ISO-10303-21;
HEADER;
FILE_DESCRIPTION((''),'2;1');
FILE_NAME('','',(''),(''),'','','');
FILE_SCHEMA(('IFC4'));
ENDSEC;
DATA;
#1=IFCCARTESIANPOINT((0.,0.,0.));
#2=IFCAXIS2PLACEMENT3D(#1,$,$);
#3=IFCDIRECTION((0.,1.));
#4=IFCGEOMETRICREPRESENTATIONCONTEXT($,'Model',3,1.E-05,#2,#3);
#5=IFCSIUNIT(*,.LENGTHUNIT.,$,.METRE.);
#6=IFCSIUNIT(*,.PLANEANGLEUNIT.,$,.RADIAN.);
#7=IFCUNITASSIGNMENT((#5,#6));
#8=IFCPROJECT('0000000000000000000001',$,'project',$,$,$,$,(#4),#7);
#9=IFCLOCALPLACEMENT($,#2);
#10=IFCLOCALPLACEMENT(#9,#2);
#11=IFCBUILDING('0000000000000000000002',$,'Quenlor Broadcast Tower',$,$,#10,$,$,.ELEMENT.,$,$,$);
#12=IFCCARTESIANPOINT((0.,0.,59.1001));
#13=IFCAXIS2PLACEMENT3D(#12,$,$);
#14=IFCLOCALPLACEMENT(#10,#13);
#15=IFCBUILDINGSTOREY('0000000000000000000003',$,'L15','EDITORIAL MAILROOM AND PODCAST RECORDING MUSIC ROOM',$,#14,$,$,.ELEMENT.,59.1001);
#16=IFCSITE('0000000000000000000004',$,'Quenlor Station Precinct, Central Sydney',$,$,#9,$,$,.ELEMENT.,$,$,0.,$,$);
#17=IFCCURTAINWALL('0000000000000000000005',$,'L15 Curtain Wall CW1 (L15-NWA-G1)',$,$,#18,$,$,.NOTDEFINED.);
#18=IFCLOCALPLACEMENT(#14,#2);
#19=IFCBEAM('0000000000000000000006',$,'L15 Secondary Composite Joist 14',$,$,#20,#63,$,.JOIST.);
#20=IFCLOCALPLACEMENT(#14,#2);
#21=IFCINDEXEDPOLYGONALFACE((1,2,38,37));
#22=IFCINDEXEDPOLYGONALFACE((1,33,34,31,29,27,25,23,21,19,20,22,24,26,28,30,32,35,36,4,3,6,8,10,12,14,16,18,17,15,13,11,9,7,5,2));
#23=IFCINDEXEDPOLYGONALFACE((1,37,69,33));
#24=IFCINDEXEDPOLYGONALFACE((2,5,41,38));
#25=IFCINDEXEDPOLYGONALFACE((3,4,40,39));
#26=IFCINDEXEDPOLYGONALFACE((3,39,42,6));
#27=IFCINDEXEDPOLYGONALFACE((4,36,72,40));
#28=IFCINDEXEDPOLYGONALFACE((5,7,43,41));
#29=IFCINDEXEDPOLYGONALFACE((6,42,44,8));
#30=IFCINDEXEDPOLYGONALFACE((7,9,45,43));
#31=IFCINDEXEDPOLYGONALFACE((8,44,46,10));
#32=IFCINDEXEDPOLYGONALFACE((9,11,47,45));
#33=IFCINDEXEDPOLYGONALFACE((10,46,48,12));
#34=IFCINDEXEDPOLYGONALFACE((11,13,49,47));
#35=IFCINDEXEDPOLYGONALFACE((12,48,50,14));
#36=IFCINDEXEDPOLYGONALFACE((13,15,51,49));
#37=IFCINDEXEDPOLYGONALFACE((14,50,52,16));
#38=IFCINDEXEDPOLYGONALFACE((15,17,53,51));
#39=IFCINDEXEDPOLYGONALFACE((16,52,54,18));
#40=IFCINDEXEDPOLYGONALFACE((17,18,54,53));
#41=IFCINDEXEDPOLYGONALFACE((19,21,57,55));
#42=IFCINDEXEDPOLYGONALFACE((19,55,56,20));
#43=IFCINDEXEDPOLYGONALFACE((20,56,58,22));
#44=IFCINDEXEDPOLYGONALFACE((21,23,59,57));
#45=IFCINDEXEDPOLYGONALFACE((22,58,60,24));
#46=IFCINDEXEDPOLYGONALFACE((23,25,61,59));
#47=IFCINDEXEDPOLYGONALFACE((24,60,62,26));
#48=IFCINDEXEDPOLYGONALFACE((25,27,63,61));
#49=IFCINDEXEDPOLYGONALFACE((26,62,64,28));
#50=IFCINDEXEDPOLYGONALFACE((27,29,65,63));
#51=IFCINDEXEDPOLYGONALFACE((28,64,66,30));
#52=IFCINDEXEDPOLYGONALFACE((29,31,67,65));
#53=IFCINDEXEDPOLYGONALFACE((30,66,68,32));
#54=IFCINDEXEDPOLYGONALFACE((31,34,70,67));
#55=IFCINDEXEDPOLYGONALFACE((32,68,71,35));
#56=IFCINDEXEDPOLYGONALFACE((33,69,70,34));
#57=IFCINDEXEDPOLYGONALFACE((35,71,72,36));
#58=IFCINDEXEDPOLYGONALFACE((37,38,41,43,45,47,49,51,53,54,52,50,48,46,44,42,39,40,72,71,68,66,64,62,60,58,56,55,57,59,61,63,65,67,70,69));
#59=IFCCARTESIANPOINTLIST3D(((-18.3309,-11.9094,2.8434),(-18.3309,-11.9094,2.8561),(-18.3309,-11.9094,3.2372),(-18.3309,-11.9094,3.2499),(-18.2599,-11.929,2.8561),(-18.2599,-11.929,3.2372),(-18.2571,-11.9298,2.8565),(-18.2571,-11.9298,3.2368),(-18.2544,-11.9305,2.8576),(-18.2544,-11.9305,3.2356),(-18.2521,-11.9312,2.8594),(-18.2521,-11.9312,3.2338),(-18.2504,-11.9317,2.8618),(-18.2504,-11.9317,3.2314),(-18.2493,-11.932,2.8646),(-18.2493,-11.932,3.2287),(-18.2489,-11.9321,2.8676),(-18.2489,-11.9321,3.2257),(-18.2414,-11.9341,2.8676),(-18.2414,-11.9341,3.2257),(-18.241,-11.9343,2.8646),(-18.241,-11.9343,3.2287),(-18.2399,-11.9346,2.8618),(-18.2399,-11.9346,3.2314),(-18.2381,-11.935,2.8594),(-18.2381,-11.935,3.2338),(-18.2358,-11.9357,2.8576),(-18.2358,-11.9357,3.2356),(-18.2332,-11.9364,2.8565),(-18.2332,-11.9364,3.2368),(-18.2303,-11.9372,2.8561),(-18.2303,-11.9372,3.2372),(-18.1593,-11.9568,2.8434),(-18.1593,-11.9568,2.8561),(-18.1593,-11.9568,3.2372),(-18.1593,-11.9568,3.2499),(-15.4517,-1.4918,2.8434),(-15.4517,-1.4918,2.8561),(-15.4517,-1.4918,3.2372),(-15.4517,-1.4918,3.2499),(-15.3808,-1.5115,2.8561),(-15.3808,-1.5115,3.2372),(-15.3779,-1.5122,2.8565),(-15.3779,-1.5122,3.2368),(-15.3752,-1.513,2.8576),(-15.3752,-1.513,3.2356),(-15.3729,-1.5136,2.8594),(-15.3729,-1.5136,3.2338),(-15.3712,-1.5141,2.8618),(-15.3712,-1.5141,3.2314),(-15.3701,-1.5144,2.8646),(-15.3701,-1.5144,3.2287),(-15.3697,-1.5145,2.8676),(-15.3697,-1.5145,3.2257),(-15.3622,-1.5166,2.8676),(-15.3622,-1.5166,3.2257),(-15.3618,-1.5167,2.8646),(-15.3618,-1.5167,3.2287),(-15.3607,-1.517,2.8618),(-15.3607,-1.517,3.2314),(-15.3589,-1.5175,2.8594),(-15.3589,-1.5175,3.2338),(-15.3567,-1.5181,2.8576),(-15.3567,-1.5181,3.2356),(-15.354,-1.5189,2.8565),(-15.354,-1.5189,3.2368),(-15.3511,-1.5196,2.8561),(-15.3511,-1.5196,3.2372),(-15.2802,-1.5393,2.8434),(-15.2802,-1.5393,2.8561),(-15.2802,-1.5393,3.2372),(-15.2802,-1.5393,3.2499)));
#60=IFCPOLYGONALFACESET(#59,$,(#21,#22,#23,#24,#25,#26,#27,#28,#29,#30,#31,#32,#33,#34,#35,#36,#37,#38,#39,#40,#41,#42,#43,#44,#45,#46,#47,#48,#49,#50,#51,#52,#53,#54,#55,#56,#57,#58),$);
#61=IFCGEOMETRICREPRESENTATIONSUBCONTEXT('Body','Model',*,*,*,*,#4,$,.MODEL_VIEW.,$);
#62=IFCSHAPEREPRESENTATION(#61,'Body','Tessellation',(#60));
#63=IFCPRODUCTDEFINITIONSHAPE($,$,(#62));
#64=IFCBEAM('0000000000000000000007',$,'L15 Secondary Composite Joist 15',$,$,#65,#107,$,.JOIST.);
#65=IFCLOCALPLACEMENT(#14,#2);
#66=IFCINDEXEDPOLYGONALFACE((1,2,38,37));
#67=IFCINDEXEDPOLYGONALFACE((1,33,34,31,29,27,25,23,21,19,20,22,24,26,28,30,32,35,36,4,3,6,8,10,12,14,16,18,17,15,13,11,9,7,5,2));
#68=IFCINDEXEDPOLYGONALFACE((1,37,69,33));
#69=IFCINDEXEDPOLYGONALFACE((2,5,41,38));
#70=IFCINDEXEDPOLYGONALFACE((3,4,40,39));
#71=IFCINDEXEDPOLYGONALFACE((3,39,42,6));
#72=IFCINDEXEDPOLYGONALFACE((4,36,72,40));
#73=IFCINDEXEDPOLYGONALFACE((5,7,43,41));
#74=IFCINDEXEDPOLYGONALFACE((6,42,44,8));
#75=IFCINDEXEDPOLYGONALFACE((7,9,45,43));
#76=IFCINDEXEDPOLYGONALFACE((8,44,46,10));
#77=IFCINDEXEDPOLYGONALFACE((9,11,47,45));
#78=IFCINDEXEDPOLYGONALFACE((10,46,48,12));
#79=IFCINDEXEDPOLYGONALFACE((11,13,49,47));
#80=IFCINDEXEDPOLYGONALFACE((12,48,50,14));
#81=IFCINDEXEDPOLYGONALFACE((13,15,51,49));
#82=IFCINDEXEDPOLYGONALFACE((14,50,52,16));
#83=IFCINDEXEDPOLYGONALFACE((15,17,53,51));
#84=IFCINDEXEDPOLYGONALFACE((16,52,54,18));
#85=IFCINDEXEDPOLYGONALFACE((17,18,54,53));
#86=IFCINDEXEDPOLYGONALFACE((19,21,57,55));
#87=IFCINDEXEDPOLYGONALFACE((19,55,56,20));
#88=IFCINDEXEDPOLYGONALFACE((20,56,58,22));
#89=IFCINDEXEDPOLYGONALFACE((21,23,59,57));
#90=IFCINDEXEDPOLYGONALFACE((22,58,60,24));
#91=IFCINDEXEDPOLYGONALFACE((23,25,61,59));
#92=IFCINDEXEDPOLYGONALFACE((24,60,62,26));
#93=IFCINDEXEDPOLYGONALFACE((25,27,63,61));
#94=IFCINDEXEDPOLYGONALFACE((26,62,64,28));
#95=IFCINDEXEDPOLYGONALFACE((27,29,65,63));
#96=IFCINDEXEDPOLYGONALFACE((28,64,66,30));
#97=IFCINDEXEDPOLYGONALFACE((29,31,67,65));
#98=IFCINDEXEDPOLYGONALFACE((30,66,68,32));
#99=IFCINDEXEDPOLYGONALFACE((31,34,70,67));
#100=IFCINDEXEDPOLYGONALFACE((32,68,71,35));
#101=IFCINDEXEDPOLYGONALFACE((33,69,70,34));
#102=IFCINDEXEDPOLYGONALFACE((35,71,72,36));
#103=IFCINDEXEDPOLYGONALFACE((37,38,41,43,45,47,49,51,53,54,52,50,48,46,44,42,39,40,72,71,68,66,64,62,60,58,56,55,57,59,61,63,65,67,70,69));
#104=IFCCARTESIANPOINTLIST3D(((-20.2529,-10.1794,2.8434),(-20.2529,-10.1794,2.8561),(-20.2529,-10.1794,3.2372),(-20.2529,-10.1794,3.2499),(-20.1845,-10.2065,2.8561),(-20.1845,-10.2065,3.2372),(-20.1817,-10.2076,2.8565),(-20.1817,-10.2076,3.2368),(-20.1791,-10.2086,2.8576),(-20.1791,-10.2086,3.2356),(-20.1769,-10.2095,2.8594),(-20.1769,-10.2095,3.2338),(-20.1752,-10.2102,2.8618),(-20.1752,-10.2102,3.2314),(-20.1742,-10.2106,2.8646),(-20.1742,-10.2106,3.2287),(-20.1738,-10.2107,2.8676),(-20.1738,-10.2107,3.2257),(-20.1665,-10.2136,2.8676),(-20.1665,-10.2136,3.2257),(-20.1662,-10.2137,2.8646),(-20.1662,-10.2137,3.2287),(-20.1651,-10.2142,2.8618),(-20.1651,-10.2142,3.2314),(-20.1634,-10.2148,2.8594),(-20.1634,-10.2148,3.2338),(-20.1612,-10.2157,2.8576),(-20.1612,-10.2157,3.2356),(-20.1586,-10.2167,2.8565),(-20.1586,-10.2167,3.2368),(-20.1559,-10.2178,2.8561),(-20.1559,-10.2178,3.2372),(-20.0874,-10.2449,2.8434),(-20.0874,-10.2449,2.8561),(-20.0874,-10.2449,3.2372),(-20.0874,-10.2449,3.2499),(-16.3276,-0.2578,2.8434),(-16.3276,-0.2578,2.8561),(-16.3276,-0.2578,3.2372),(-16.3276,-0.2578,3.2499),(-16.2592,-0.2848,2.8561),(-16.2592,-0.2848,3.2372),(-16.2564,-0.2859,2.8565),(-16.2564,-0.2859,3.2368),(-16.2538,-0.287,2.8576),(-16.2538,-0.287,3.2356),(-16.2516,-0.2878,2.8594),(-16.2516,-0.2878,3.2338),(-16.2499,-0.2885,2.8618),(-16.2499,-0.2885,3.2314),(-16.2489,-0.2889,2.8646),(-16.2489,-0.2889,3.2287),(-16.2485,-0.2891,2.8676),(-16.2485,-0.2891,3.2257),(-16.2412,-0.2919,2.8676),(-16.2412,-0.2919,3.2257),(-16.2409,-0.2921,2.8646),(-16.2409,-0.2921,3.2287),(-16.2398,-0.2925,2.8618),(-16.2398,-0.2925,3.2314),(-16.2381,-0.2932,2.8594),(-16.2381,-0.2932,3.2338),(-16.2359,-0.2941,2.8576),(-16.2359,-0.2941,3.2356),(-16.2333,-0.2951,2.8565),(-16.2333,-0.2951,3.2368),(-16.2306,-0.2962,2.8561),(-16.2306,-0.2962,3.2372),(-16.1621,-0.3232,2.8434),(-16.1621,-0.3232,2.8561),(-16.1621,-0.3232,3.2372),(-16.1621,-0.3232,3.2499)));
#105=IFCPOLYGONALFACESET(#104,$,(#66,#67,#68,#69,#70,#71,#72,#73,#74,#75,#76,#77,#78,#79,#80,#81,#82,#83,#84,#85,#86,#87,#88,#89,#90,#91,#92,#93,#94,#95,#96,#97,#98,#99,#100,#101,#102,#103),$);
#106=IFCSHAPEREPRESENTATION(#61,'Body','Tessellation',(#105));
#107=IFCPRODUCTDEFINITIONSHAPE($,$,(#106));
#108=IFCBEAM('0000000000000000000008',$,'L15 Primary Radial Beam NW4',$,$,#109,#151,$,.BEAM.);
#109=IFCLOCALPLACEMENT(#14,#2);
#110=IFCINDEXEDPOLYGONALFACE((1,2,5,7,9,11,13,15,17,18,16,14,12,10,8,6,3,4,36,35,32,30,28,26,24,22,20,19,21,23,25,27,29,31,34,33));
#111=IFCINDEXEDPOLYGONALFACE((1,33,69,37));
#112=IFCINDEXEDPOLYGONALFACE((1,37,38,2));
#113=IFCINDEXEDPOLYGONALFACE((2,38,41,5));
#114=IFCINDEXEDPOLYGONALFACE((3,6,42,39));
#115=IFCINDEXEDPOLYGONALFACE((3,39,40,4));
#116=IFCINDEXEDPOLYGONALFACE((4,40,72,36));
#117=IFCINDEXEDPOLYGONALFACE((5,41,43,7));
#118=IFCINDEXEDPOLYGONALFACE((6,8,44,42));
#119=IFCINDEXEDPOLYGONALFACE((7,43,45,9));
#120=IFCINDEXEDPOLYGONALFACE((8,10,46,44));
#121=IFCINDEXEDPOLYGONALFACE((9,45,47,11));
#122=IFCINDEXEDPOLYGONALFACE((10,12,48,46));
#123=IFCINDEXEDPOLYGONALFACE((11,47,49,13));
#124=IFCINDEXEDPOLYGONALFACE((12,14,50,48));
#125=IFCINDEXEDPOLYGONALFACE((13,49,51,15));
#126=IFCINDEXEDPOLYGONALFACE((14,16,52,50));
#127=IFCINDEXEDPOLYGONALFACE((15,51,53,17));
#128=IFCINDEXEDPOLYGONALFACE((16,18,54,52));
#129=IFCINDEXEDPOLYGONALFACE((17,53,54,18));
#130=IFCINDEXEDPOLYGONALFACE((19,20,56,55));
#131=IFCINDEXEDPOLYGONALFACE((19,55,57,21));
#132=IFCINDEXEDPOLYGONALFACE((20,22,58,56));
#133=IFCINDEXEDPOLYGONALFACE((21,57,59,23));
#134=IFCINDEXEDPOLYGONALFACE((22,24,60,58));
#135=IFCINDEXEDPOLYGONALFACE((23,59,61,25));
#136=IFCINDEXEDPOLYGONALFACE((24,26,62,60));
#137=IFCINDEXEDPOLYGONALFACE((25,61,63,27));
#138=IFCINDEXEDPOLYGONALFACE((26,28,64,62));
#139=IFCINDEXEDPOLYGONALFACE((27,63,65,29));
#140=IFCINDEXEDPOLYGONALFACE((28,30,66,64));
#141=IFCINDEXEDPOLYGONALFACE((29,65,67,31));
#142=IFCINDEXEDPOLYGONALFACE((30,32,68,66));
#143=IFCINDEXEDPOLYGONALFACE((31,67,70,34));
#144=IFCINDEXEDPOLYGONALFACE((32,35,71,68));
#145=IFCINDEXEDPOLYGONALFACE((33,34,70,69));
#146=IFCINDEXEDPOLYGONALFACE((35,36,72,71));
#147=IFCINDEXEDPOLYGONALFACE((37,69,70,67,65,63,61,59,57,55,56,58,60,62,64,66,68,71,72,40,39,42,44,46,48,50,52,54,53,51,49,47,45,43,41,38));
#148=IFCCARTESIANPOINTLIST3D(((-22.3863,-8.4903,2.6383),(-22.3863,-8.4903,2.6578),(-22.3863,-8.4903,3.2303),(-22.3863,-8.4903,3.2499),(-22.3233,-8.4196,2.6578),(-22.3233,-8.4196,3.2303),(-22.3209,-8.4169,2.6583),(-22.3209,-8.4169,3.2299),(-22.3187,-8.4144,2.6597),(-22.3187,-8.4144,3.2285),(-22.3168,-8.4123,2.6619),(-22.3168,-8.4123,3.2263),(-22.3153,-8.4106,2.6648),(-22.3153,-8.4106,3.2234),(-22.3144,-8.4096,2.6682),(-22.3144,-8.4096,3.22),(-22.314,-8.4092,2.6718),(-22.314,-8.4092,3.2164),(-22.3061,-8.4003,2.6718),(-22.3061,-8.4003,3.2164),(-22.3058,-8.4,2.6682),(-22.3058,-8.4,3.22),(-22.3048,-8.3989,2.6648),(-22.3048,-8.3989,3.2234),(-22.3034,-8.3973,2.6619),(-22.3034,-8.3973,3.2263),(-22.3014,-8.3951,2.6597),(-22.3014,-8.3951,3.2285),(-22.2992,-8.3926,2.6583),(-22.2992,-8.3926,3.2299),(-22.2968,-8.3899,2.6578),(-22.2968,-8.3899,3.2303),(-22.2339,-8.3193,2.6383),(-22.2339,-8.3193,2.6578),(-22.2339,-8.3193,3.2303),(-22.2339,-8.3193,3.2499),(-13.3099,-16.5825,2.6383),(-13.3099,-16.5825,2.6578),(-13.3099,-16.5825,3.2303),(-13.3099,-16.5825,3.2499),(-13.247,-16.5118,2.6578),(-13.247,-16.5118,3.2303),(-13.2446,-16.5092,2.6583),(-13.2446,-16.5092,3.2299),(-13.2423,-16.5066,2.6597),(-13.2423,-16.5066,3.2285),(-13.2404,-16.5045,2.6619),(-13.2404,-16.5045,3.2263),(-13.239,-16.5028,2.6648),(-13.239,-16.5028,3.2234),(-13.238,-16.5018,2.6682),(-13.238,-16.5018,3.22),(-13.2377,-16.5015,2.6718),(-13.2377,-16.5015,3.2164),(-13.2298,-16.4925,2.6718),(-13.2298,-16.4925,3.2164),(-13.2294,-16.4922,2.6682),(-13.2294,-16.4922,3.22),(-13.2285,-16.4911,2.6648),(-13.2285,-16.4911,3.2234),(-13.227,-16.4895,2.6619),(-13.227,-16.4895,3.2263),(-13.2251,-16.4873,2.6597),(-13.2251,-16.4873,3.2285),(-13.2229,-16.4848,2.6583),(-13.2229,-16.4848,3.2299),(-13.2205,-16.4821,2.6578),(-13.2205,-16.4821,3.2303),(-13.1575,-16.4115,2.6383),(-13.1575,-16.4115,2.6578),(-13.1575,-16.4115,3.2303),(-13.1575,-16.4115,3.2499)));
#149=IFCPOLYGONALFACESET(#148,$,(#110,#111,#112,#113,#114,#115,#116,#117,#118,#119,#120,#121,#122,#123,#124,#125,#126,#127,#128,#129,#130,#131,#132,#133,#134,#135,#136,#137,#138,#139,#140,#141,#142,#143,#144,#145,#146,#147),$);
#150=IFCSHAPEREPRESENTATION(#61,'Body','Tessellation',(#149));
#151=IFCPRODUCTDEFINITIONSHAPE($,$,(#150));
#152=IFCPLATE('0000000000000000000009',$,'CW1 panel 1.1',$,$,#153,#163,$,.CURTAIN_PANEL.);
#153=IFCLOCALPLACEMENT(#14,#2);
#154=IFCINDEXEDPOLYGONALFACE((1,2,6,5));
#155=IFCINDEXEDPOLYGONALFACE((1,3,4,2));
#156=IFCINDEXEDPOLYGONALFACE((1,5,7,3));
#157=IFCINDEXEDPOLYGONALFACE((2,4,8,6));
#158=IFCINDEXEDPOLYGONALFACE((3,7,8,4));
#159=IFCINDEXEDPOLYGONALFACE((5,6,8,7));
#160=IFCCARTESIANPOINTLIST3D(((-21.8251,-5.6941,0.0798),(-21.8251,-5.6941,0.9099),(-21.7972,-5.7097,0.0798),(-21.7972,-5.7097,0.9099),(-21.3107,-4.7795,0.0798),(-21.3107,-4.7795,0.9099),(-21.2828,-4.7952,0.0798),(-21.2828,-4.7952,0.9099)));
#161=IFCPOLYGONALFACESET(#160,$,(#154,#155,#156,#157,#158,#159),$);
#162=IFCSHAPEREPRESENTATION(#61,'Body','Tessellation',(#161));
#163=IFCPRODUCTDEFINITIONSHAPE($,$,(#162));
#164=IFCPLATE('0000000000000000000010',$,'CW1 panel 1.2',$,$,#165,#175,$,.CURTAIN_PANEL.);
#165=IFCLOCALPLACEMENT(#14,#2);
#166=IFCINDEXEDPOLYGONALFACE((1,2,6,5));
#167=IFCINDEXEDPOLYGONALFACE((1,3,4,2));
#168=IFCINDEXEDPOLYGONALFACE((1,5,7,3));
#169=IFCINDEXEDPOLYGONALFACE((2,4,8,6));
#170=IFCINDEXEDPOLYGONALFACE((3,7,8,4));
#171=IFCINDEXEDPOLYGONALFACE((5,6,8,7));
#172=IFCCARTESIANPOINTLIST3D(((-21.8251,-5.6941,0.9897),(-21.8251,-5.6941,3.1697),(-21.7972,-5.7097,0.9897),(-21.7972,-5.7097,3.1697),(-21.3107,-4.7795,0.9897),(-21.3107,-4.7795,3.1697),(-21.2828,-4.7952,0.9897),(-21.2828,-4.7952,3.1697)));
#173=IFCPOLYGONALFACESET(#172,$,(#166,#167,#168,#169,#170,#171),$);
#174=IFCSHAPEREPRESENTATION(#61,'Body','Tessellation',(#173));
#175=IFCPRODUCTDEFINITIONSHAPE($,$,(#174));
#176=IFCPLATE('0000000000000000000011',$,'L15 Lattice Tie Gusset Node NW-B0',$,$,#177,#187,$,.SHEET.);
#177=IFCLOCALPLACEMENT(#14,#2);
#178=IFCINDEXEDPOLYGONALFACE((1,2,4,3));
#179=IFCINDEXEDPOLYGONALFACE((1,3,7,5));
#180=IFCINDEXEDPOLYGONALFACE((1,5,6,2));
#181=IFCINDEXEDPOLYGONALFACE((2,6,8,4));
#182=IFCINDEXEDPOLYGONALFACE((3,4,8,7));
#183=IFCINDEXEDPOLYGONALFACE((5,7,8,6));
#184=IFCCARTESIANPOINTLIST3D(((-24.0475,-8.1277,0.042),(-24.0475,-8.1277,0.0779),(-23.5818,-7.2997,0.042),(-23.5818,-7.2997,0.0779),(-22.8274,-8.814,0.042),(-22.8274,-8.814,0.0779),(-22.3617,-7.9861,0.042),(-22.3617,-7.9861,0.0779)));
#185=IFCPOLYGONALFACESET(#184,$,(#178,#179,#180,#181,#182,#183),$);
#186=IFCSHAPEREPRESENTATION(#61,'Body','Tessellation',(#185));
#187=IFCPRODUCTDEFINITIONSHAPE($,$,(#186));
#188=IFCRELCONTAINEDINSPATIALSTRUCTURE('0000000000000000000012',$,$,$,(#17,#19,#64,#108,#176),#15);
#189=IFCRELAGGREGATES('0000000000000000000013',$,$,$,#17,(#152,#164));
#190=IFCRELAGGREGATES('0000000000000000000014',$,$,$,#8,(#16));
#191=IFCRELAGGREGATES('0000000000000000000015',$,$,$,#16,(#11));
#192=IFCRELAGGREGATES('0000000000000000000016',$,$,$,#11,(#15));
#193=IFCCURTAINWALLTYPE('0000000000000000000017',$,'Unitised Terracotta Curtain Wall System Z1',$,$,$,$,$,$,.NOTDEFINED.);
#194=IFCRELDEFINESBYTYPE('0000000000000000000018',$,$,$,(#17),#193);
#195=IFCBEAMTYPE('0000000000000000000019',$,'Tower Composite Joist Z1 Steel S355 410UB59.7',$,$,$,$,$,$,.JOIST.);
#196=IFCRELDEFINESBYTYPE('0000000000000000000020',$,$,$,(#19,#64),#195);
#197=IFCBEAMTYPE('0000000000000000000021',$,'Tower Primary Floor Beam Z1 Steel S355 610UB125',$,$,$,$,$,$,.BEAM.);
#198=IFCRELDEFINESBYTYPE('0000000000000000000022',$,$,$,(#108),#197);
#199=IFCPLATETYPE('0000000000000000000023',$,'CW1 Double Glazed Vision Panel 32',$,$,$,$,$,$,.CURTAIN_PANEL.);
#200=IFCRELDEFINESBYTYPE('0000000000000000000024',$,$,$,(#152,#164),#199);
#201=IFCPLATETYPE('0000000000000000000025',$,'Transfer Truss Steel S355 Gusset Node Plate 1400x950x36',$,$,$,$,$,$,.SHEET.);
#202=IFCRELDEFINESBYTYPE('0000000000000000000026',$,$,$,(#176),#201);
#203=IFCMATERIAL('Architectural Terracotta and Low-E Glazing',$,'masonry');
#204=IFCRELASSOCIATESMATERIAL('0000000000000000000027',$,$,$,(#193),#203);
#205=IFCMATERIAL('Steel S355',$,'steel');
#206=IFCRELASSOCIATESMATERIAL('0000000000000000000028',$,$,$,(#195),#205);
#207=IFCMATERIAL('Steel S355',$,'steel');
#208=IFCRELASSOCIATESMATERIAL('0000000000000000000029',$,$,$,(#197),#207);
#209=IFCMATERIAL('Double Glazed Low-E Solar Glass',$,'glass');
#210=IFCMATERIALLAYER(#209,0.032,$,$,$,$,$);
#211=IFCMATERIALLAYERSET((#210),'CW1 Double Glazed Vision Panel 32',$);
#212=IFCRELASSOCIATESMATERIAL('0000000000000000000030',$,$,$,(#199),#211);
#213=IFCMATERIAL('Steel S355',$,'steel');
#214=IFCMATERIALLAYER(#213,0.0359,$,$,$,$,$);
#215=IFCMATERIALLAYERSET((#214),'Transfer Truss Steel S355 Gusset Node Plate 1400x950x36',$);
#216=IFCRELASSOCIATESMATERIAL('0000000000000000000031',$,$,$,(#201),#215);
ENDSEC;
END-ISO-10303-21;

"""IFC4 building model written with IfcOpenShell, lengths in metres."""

from ifc_helpers import new_model, si_unit, direction, frame, origin, origin_2d, place, context, subcontext, project, spatial, rectangle, i_section, extrude, material, layer, layer_set, material_profile, profile_set, type_object, element, aggregate, save


model = new_model("IFC4")

# Units and contexts
model_context = context("Model", 3, precision=1e-05, world=origin(), true_north=direction((0.0, 1.0)))
body_context = subcontext(model_context, "Body", "Model", "MODEL_VIEW")
ifc_project = project(units=[si_unit("LENGTHUNIT", "METRE"), si_unit("PLANEANGLEUNIT", "RADIAN")], contexts=[model_context])

# Site, building, storey
site_placement = place(None, origin())
site = spatial("IfcSite", under=ifc_project, at=site_placement, Name="Quenlor Station Precinct, Central Sydney", CompositionType="ELEMENT", RefElevation=0.0)
building_placement = place(site_placement, origin())
building = spatial("IfcBuilding", under=site, at=building_placement, Name="Quenlor Broadcast Tower", CompositionType="ELEMENT")
storey_placement = place(building_placement, frame((0.0, 0.0, 59.1001)))
storey = spatial("IfcBuildingStorey", under=building, at=storey_placement, Name="L15", Description="EDITORIAL MAILROOM AND PODCAST RECORDING MUSIC ROOM", CompositionType="ELEMENT", Elevation=59.1001)

# Curtain wall
ifc_material_1 = material(Name="Architectural Terracotta and Low-E Glazing", Category="masonry")
curtain_wall_type = type_object("IfcCurtainWallType", Name="Unitised Terracotta Curtain Wall System Z1", PredefinedType="NOTDEFINED", material=ifc_material_1)
curtain_wall_placement = place(storey_placement, origin())
curtain_wall = element("IfcCurtainWall", 1, at=curtain_wall_placement, inside=storey, type_object=curtain_wall_type, Name="L15 Curtain Wall CW1 (L15-NWA-G1)", PredefinedType="NOTDEFINED")

# Beams
ifc_material_2 = material(Name="Steel S355", Category="steel")
ifc_material_profile_1 = material_profile(ifc_material_2, i_section(OverallWidth=0.178, OverallDepth=0.4065, WebThickness=0.0078, FlangeThickness=0.0127, FilletRadius=0.0115, at=origin_2d()))
ifc_profile_set_1 = profile_set([ifc_material_profile_1], Name="Steel S355 410UB59.7")
beam_type_1 = type_object("IfcBeamType", Name="Tower Composite Joist Z1 Steel S355 410UB59.7", PredefinedType="JOIST", material=ifc_profile_set_1)
beam_1_placement = place(storey_placement, frame((-18.2451, -11.9331, 3.0466), z_axis=(0.26639, 0.963865, 0.0), x_axis=(-0.963865, 0.26639, 0.0)))
element("IfcBeam", 2, at=beam_1_placement, inside=storey, type_object=beam_type_1, Name="L15 Secondary Composite Joist 14", PredefinedType="JOIST", context=body_context, shape_type="SweptSolid", body=[
    extrude(i_section(OverallWidth=0.178, OverallDepth=0.4065, WebThickness=0.0078, FlangeThickness=0.0127, FilletRadius=0.0115, at=origin_2d()), origin(), (0.0, 0.0, 1.0), 10.8081),
])
beam_2_placement = place(storey_placement, frame((-20.1702, -10.2122, 3.0466), z_axis=(0.367885, 0.929871, 0.0), x_axis=(-0.929871, 0.367885, 0.0)))
element("IfcBeam", 3, at=beam_2_placement, inside=storey, type_object=beam_type_1, Name="L15 Secondary Composite Joist 15", PredefinedType="JOIST", context=body_context, shape_type="SweptSolid", body=[
    extrude(i_section(OverallWidth=0.178, OverallDepth=0.4065, WebThickness=0.0078, FlangeThickness=0.0127, FilletRadius=0.0115, at=origin_2d()), origin(), (0.0, 0.0, 1.0), 10.6699),
])
ifc_material_3 = material(Name="Steel S355", Category="steel")
ifc_material_profile_2 = material_profile(ifc_material_3, i_section(OverallWidth=0.229, OverallDepth=0.6116, WebThickness=0.012, FlangeThickness=0.0195, FilletRadius=0.0139, at=origin_2d()))
ifc_profile_set_2 = profile_set([ifc_material_profile_2], Name="Steel S355 610UB125")
beam_type_2 = type_object("IfcBeamType", Name="Tower Primary Floor Beam Z1 Steel S355 610UB125", PredefinedType="BEAM", material=ifc_profile_set_2)
beam_3_placement = place(storey_placement, frame((-22.3101, -8.4048, 2.9441), z_axis=(0.746414, -0.665482, 0.0), x_axis=(0.665482, 0.746414, 0.0)))
element("IfcBeam", 4, at=beam_3_placement, inside=storey, type_object=beam_type_2, Name="L15 Primary Radial Beam NW4", PredefinedType="BEAM", context=body_context, shape_type="SweptSolid", body=[
    extrude(i_section(OverallWidth=0.229, OverallDepth=0.6116, WebThickness=0.012, FlangeThickness=0.0195, FilletRadius=0.0139, at=origin_2d()), origin(), (0.0, 0.0, 1.0), 12.1599),
])

# Plates
ifc_material_4 = material(Name="Double Glazed Low-E Solar Glass", Category="glass")
ifc_layer_1 = layer(ifc_material_4, 0.032)
ifc_layer_set_1 = layer_set([ifc_layer_1], Name="CW1 Double Glazed Vision Panel 32")
plate_type_1 = type_object("IfcPlateType", Name="CW1 Double Glazed Vision Panel 32", PredefinedType="CURTAIN_PANEL", material=ifc_layer_set_1)
plate_1_placement = place(storey_placement, frame((-21.554, -5.2446, 0.0798), z_axis=(0.0, 0.0, 1.0), x_axis=(0.490277, 0.871567, 0.0)))
plate_1 = element("IfcPlate", 5, at=plate_1_placement, type_object=plate_type_1, Name="CW1 panel 1.1", PredefinedType="CURTAIN_PANEL", context=body_context, shape_type="SweptSolid", body=[
    extrude(rectangle(XDim=1.0493, YDim=0.032, at=origin_2d()), origin(), (0.0, 0.0, 1.0), 0.8301),
])
plate_2_placement = place(storey_placement, frame((-21.554, -5.2446, 0.9897), z_axis=(0.0, 0.0, 1.0), x_axis=(0.490277, 0.871567, 0.0)))
plate_2 = element("IfcPlate", 6, at=plate_2_placement, type_object=plate_type_1, Name="CW1 panel 1.2", PredefinedType="CURTAIN_PANEL", context=body_context, shape_type="SweptSolid", body=[
    extrude(rectangle(XDim=1.0493, YDim=0.032, at=origin_2d()), origin(), (0.0, 0.0, 1.0), 2.1799),
])
aggregate(curtain_wall, [plate_1, plate_2])

# Plate
ifc_material_5 = material(Name="Steel S355", Category="steel")
ifc_layer_2 = layer(ifc_material_5, 0.0359)
ifc_layer_set_2 = layer_set([ifc_layer_2], Name="Transfer Truss Steel S355 Gusset Node Plate 1400x950x36")
plate_type_2 = type_object("IfcPlateType", Name="Transfer Truss Steel S355 Gusset Node Plate 1400x950x36", PredefinedType="SHEET", material=ifc_layer_set_2)
for number, where, z_axis, x_axis, name in (
    (7, (-23.2046, -8.0569, 0.042), (0.0, 0.0, 1.0), (-0.871556, 0.490295, 0.0), "L15 Lattice Tie Gusset Node NW-B0"),
):
    element("IfcPlate", number, at=place(storey_placement, frame(where, z_axis=z_axis, x_axis=x_axis)), inside=storey, type_object=plate_type_2, Name=name, PredefinedType="SHEET", context=body_context, shape_type="SweptSolid", body=[
        extrude(rectangle(XDim=1.3999, YDim=0.95, at=origin_2d()), origin(), (0.0, 0.0, 1.0), 0.0359),
    ])

save(model, "model.ifc")
